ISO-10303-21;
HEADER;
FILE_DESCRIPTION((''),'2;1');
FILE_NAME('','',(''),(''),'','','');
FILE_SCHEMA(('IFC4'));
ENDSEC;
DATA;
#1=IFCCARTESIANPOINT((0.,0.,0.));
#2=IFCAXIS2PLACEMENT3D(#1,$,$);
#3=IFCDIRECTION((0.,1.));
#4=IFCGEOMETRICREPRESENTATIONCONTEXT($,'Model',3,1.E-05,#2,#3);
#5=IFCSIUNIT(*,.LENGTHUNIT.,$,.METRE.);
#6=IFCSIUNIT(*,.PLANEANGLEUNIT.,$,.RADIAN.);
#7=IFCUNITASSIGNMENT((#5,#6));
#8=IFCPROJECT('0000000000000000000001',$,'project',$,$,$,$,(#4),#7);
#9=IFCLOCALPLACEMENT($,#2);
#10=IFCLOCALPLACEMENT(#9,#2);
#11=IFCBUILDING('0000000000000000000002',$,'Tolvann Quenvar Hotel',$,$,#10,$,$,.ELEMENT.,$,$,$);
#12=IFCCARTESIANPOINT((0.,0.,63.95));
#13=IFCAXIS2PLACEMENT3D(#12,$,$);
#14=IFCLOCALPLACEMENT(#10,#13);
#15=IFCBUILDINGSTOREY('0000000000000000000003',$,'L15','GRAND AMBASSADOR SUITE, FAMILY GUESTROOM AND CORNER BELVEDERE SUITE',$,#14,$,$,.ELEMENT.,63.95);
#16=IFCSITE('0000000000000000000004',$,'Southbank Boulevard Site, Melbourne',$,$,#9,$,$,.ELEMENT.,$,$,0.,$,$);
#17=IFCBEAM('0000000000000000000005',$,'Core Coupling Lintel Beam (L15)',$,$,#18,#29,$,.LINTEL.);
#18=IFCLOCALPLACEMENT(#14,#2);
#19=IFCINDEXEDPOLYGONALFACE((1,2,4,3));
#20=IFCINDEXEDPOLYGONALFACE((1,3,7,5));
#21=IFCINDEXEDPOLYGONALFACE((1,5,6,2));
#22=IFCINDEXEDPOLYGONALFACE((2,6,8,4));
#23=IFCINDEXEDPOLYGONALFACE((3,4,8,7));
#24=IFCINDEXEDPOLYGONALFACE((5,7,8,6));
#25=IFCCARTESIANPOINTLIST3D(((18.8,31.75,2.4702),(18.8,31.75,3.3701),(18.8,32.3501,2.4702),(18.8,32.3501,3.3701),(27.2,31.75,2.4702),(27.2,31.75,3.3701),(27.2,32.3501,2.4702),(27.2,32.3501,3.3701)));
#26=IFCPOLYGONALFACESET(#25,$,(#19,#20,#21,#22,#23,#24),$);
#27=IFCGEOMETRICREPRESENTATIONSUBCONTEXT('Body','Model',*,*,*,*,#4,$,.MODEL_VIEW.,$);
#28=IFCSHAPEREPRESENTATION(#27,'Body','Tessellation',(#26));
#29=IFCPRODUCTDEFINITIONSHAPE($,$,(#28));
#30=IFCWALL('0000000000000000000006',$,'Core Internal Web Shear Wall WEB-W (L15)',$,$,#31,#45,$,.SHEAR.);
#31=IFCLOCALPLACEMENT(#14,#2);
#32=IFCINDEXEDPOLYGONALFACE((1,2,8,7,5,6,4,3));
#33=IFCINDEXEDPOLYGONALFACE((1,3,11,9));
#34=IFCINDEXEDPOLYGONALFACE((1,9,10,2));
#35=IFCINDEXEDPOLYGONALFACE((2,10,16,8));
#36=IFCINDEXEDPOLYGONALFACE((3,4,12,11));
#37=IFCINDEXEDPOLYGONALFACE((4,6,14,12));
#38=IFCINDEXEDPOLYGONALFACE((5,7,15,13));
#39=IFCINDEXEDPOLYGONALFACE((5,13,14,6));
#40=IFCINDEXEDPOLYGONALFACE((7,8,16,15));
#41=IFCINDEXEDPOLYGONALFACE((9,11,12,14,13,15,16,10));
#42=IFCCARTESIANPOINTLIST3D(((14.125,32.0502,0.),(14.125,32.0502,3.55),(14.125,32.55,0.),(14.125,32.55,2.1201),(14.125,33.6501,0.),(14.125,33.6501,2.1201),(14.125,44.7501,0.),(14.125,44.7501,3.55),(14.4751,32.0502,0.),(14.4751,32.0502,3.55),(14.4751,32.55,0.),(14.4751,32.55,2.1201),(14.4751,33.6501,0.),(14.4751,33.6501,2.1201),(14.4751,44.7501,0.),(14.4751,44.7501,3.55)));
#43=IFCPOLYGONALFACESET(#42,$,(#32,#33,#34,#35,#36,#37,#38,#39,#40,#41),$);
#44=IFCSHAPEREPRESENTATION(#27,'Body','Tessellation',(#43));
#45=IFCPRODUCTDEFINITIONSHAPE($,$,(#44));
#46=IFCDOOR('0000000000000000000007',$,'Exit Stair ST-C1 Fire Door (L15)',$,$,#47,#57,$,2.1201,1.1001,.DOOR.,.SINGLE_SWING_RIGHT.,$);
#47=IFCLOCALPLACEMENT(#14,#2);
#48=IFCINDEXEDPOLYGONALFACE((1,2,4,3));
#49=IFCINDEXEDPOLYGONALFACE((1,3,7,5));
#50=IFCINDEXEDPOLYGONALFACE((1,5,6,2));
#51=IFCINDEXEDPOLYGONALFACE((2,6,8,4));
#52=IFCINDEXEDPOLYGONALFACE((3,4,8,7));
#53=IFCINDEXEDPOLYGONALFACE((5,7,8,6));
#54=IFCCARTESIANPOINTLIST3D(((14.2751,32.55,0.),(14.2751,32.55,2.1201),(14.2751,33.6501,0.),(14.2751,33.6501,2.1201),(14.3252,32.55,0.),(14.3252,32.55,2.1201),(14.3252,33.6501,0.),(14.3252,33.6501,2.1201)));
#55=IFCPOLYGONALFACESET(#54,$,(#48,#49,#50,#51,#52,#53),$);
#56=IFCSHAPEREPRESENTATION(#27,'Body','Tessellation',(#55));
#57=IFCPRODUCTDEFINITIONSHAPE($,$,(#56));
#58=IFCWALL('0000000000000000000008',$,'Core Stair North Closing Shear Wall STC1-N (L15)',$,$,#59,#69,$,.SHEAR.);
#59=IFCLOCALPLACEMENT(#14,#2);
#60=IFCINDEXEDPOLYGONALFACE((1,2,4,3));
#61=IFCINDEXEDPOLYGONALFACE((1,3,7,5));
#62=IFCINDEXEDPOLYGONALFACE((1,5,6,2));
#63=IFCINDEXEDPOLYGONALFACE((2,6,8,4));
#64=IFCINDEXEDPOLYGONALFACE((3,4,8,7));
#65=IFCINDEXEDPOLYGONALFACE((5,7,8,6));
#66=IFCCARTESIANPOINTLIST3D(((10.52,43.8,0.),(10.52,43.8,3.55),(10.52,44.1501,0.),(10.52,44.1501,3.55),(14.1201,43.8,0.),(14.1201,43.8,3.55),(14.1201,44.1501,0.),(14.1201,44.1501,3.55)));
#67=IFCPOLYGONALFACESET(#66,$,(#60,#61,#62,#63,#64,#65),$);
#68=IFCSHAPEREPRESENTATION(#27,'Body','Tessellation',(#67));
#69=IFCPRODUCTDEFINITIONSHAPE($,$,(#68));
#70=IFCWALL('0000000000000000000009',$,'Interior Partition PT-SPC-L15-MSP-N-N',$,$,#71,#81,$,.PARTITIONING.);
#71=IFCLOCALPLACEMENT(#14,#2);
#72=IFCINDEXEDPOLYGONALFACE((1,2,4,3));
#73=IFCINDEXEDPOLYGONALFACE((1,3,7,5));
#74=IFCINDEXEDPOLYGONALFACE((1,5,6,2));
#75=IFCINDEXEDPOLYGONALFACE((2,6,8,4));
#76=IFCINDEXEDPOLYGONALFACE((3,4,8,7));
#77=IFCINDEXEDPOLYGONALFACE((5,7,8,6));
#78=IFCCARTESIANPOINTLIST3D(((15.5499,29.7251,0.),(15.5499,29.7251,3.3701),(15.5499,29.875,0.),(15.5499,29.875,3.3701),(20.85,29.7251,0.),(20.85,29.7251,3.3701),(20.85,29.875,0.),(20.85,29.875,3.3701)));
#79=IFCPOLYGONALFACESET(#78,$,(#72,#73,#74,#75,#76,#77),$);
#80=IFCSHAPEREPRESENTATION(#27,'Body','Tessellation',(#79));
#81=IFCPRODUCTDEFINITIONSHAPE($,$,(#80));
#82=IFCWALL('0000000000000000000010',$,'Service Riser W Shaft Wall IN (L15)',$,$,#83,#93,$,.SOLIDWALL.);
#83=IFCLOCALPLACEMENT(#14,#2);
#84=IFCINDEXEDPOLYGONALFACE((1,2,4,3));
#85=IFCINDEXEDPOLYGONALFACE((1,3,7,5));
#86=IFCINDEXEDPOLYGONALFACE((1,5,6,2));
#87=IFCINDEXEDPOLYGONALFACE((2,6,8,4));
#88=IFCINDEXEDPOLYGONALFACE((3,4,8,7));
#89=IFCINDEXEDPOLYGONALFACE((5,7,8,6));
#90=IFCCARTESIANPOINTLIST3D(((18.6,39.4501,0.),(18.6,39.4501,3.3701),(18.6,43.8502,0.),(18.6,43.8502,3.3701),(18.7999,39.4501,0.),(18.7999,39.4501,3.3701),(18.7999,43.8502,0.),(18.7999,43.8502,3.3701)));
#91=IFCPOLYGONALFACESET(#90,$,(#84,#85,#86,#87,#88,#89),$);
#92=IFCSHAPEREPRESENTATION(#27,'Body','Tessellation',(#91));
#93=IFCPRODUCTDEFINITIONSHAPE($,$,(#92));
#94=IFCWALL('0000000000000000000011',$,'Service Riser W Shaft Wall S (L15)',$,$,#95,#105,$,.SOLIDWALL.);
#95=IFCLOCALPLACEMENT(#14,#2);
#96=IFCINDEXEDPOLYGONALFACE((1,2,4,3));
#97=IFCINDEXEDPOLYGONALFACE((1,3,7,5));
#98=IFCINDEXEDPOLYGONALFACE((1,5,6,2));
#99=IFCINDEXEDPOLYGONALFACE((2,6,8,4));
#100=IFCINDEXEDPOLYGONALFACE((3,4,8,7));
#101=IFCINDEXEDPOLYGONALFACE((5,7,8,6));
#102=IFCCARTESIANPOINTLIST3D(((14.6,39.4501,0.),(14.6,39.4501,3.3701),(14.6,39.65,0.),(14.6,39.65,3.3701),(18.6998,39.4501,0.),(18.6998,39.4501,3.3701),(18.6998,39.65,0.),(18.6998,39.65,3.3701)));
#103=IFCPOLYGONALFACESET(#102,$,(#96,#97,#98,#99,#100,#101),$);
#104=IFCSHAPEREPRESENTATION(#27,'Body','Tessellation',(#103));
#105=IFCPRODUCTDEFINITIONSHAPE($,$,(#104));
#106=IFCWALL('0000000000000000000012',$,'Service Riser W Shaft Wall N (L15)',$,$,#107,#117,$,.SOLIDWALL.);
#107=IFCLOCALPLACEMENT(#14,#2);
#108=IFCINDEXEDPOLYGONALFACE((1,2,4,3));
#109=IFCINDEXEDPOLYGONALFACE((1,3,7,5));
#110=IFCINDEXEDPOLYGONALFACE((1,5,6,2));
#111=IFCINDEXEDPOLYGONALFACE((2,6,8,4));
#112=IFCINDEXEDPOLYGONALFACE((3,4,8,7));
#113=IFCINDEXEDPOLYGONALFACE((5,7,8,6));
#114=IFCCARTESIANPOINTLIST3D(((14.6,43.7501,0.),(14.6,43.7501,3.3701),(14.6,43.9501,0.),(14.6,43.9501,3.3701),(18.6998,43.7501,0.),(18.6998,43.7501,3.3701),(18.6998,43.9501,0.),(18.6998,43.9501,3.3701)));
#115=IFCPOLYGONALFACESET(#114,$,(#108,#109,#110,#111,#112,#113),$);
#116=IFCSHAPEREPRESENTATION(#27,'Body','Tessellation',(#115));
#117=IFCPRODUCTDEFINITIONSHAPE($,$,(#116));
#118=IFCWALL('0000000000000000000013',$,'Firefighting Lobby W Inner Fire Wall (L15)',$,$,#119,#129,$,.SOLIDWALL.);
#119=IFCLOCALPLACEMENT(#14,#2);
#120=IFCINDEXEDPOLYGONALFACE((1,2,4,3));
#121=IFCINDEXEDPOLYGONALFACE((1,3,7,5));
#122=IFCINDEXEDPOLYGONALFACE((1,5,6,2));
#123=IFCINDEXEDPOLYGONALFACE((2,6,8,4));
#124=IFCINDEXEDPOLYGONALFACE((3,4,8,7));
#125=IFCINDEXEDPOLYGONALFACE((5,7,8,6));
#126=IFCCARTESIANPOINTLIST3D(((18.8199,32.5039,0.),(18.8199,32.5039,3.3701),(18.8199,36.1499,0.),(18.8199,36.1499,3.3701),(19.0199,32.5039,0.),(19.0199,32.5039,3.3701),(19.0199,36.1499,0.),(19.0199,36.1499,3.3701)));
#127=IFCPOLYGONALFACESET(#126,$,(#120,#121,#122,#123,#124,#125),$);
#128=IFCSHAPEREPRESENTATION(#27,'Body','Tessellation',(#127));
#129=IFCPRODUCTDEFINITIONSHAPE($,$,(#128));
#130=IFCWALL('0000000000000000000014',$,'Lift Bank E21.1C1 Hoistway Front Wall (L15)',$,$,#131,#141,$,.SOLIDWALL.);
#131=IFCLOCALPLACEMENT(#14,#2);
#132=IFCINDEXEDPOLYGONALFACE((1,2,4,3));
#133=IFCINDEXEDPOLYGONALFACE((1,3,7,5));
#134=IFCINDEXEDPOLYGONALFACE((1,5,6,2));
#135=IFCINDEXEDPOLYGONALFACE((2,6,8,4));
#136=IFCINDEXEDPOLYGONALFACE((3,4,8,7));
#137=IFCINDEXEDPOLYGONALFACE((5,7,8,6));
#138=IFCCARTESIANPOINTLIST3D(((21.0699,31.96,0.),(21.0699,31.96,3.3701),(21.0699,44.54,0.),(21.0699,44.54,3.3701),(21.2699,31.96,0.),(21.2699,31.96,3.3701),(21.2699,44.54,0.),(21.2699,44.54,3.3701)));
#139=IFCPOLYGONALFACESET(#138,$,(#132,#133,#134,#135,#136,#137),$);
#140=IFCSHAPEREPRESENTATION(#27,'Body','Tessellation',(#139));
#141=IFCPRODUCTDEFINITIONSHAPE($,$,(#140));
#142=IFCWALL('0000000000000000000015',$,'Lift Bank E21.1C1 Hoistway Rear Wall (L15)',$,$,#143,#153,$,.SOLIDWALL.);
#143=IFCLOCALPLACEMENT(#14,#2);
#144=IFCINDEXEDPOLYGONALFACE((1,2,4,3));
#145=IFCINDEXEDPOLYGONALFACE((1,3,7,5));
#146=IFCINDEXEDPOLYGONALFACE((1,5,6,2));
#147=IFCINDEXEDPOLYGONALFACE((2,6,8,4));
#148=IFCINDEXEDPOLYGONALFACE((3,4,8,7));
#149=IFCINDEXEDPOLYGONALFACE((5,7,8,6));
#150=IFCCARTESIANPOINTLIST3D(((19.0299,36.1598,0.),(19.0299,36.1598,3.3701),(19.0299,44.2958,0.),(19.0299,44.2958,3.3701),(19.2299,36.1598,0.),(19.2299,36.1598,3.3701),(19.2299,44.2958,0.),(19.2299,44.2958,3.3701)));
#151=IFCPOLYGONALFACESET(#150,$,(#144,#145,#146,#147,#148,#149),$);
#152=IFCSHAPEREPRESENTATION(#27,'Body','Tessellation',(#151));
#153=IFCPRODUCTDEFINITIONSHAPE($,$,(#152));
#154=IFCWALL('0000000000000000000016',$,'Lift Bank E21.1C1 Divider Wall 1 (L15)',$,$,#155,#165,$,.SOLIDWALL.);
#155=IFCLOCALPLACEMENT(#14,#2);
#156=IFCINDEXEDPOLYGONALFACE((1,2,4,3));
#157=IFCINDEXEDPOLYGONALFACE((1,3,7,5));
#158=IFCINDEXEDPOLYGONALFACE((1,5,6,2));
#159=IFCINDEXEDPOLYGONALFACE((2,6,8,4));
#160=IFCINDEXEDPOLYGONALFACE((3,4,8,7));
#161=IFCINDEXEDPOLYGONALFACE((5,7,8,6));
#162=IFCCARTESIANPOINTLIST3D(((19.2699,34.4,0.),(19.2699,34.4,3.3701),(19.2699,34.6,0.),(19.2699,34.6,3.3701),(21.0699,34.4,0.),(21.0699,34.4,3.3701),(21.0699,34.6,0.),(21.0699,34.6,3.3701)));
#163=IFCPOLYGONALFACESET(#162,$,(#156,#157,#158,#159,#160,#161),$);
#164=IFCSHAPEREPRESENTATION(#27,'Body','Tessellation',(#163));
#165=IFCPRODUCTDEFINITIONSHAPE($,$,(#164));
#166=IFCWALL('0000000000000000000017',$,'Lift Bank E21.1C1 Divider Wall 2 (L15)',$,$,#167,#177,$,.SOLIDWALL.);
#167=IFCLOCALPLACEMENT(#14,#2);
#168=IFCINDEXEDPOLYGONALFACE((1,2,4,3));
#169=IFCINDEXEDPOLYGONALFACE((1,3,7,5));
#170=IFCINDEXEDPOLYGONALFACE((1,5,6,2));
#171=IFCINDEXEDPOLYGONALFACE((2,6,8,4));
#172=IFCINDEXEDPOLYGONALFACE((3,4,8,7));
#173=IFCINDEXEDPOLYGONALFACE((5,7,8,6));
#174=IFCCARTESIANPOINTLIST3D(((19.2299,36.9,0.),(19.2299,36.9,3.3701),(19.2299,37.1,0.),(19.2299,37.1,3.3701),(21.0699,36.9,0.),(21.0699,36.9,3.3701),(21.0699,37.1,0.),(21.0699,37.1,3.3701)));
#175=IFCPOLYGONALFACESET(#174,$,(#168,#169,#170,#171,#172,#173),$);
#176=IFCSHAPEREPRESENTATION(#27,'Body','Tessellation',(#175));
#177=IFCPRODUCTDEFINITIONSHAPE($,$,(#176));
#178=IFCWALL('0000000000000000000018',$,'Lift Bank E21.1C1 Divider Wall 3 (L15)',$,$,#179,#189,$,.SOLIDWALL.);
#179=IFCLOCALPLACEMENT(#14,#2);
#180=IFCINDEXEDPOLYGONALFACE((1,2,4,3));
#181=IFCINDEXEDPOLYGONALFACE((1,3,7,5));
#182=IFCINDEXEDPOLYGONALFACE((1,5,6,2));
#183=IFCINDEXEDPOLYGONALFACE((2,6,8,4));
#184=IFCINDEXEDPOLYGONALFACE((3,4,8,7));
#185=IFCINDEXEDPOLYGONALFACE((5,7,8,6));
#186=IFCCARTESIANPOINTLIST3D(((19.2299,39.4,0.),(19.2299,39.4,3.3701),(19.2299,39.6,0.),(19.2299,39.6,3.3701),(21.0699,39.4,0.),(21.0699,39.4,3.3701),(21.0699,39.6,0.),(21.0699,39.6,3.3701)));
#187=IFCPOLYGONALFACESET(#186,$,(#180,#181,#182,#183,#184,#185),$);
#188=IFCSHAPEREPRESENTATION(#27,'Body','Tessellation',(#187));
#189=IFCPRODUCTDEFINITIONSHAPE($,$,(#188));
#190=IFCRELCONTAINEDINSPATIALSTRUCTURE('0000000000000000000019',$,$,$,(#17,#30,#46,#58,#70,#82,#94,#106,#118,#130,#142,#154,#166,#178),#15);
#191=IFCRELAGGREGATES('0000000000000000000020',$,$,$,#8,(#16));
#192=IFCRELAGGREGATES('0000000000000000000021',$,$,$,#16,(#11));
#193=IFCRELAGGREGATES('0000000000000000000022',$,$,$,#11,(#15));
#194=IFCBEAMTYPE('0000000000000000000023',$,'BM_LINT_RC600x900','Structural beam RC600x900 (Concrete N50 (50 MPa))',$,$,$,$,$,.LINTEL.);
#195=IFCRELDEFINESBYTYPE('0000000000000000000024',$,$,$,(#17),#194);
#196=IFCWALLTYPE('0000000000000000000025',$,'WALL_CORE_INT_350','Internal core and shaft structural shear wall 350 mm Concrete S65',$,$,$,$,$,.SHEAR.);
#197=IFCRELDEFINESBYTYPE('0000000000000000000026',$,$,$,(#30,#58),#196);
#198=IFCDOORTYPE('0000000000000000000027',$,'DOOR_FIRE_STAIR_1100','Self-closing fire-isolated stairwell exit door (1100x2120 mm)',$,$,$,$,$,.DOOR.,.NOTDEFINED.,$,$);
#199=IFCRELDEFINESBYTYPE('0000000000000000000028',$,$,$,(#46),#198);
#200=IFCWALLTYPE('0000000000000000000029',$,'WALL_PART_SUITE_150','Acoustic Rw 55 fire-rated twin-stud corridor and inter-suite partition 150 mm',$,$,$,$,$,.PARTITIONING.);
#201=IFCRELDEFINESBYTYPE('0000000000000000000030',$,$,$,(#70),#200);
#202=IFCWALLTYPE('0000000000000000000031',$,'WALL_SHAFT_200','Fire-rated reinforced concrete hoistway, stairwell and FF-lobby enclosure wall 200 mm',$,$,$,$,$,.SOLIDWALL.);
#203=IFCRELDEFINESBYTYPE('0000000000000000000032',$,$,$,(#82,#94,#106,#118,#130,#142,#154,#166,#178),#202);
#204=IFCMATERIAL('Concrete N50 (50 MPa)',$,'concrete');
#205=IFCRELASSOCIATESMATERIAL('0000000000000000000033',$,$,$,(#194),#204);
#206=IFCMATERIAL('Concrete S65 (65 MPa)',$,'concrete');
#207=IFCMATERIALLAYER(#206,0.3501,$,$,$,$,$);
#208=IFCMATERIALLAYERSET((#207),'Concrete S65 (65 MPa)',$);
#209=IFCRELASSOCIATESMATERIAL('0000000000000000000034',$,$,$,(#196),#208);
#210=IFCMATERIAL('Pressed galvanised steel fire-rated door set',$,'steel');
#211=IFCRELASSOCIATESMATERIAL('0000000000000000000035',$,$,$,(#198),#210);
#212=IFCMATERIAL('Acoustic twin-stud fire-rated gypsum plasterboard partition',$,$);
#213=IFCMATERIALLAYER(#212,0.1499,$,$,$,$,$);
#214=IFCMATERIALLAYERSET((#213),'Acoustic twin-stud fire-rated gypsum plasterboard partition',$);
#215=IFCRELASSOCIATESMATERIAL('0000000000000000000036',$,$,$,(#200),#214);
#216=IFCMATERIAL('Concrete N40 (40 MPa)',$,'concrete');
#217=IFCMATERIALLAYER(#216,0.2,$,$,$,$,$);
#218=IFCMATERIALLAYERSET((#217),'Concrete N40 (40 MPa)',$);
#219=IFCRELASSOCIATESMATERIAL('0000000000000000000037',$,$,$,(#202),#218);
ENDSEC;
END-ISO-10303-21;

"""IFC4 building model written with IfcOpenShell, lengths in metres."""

from ifc_helpers import new_model, si_unit, direction, frame, frame_2d, origin, origin_2d, place, context, subcontext, project, spatial, rectangle, extrude, source, transform, mapped, material, layer, layer_set, material_profile, profile_set, type_object, type_shapes, element, fill, save


model = new_model("IFC4")

# Units and contexts
model_context = context("Model", 3, precision=1e-05, world=origin(), true_north=direction((0.0, 1.0)))
body_context = subcontext(model_context, "Body", "Model", "MODEL_VIEW")
ifc_project = project(units=[si_unit("LENGTHUNIT", "METRE"), si_unit("PLANEANGLEUNIT", "RADIAN")], contexts=[model_context])

# Site, building, storey
site_placement = place(None, origin())
site = spatial("IfcSite", under=ifc_project, at=site_placement, Name="Southbank Boulevard Site, Melbourne", CompositionType="ELEMENT", RefElevation=0.0)
building_placement = place(site_placement, origin())
building = spatial("IfcBuilding", under=site, at=building_placement, Name="Tolvann Quenvar Hotel", CompositionType="ELEMENT")
storey_placement = place(building_placement, frame((0.0, 0.0, 63.95)))
storey = spatial("IfcBuildingStorey", under=building, at=storey_placement, Name="L15", Description="GRAND AMBASSADOR SUITE, FAMILY GUESTROOM AND CORNER BELVEDERE SUITE", CompositionType="ELEMENT", Elevation=63.95)

# Beam
ifc_material_1 = material(Name="Concrete N50 (50 MPa)", Category="concrete")
ifc_material_profile = material_profile(ifc_material_1, rectangle(XDim=0.6001, YDim=0.8999, at=origin_2d()), Name="RC600x900")
ifc_profile_set = profile_set([ifc_material_profile], Name="Concrete N50 (50 MPa)")
beam_type = type_object("IfcBeamType", Name="BM_LINT_RC600x900", Description="Structural beam RC600x900 (Concrete N50 (50 MPa))", PredefinedType="LINTEL", material=ifc_profile_set)
shared_shape_1 = source(origin(), body_context, "Body", "SweptSolid", [
    extrude(rectangle(XDim=0.6001, YDim=0.8999, at=origin_2d()), origin(), (0.0, 0.0, 1.0), 8.3999),
])
type_shapes(beam_type, [shared_shape_1])
beam_placement = place(storey_placement, frame((18.8, 32.05, 2.9202), z_axis=(1.0, 0.0, 0.0), x_axis=(0.0, 1.0, 0.0)))
element("IfcBeam", 1, at=beam_placement, inside=storey, type_object=beam_type, Name="Core Coupling Lintel Beam (L15)", PredefinedType="LINTEL", context=body_context, shape_type="MappedRepresentation", body=[
    mapped(shared_shape_1, transform((0.0, 0.0, 0.0), x_axis=(1.0, 0.0, 0.0), y_axis=(0.0, 1.0, 0.0), z_axis=(0.0, 0.0, 1.0), scale=1.0)),
])

# Wall, opening, door
ifc_material_2 = material(Name="Concrete S65 (65 MPa)", Category="concrete")
ifc_layer_1 = layer(ifc_material_2, 0.3501)
ifc_layer_set_1 = layer_set([ifc_layer_1], Name="Concrete S65 (65 MPa)")
wall_type_1 = type_object("IfcWallType", Name="WALL_CORE_INT_350", Description="Internal core and shaft structural shear wall 350 mm Concrete S65", PredefinedType="SHEAR", material=ifc_layer_set_1)
wall_1_placement = place(storey_placement, frame((14.3, 32.05, 0.0), z_axis=(0.0, 0.0, 1.0), x_axis=(0.0, 1.0, 0.0)))
wall_1 = element("IfcWall", 2, at=wall_1_placement, inside=storey, type_object=wall_type_1, Name="Core Internal Web Shear Wall WEB-W (L15)", PredefinedType="SHEAR", context=body_context, shape_type="SweptSolid", body=[
    extrude(rectangle(XDim=12.7, YDim=0.3501, at=frame_2d((6.3501, 0.0))), origin(), (0.0, 0.0, 1.0), 3.55),
])
opening_1_placement = place(wall_1_placement, frame((0.5, 0.0, 0.0)))
opening_1 = element("IfcOpeningElement", 3, at=opening_1_placement, cuts=wall_1, PredefinedType="OPENING", context=body_context, shape_type="SweptSolid", body=[
    extrude(rectangle(XDim=1.1001, YDim=2.1201, at=frame_2d((0.55, 1.0601))), frame((0.0, 0.1851, 0.0), z_axis=(0.0, -1.0, 0.0), x_axis=(1.0, 0.0, 0.0)), (0.0, 0.0, 1.0), 0.3701),
])
ifc_material_3 = material(Name="Pressed galvanised steel fire-rated door set", Category="steel")
door_type_1 = type_object("IfcDoorType", Name="DOOR_FIRE_STAIR_1100", Description="Self-closing fire-isolated stairwell exit door (1100x2120 mm)", OperationType="NOTDEFINED", PredefinedType="DOOR", material=ifc_material_3)
shared_shape_2 = source(origin(), body_context, "Body", "SweptSolid", [
    extrude(rectangle(XDim=1.1001, YDim=2.1201, at=frame_2d((0.55, 1.0601))), frame((0.0, 0.0249, 0.0), z_axis=(0.0, -1.0, 0.0), x_axis=(1.0, 0.0, 0.0)), (0.0, 0.0, 1.0), 0.05),
])
type_shapes(door_type_1, [shared_shape_2])
door_1_placement = place(opening_1_placement, origin())
door_1 = element("IfcDoor", 4, at=door_1_placement, inside=storey, type_object=door_type_1, Name="Exit Stair ST-C1 Fire Door (L15)", OperationType="SINGLE_SWING_RIGHT", OverallHeight=2.1201, OverallWidth=1.1001, PredefinedType="DOOR", context=body_context, shape_type="MappedRepresentation", body=[
    mapped(shared_shape_2, transform((0.0, 0.0, 0.0), x_axis=(1.0, 0.0, 0.0), y_axis=(0.0, 1.0, 0.0), z_axis=(0.0, 0.0, 1.0), scale=1.0)),
])
fill(opening_1, door_1)

# Walls
wall_2_placement = place(storey_placement, frame((10.52, 43.9751, 0.0), z_axis=(0.0, 0.0, 1.0), x_axis=(1.0, 0.0, 0.0)))
element("IfcWall", 5, at=wall_2_placement, inside=storey, type_object=wall_type_1, Name="Core Stair North Closing Shear Wall STC1-N (L15)", PredefinedType="SHEAR", context=body_context, shape_type="SweptSolid", body=[
    extrude(rectangle(XDim=3.6001, YDim=0.3501, at=frame_2d((1.8, 0.0))), origin(), (0.0, 0.0, 1.0), 3.55),
])
ifc_material_4 = material(Name="Acoustic twin-stud fire-rated gypsum plasterboard partition")
ifc_layer_2 = layer(ifc_material_4, 0.1499)
ifc_layer_set_2 = layer_set([ifc_layer_2], Name="Acoustic twin-stud fire-rated gypsum plasterboard partition")
wall_type_2 = type_object("IfcWallType", Name="WALL_PART_SUITE_150", Description="Acoustic Rw 55 fire-rated twin-stud corridor and inter-suite partition 150 mm", PredefinedType="PARTITIONING", material=ifc_layer_set_2)
wall_3_placement = place(storey_placement, frame((15.55, 29.8, 0.0), z_axis=(0.0, 0.0, 1.0), x_axis=(1.0, 0.0, 0.0)))
element("IfcWall", 6, at=wall_3_placement, inside=storey, type_object=wall_type_2, Name="Interior Partition PT-SPC-L15-MSP-N-N", PredefinedType="PARTITIONING", context=body_context, shape_type="SweptSolid", body=[
    extrude(rectangle(XDim=5.3, YDim=0.1499, at=frame_2d((2.6499, 0.0))), origin(), (0.0, 0.0, 1.0), 3.3701),
])
ifc_material_5 = material(Name="Concrete N40 (40 MPa)", Category="concrete")
ifc_layer_3 = layer(ifc_material_5, 0.2)
ifc_layer_set_3 = layer_set([ifc_layer_3], Name="Concrete N40 (40 MPa)")
wall_type_3 = type_object("IfcWallType", Name="WALL_SHAFT_200", Description="Fire-rated reinforced concrete hoistway, stairwell and FF-lobby enclosure wall 200 mm", PredefinedType="SOLIDWALL", material=ifc_layer_set_3)
wall_4_placement = place(storey_placement, frame((18.7, 39.45, 0.0), z_axis=(0.0, 0.0, 1.0), x_axis=(0.0, 1.0, 0.0)))
element("IfcWall", 7, at=wall_4_placement, inside=storey, type_object=wall_type_3, Name="Service Riser W Shaft Wall IN (L15)", PredefinedType="SOLIDWALL", context=body_context, shape_type="SweptSolid", body=[
    extrude(rectangle(XDim=4.4001, YDim=0.2, at=frame_2d((2.2002, 0.0))), origin(), (0.0, 0.0, 1.0), 3.3701),
])
for number, where, z_axis, x_axis, name in (
    (8, (14.6001, 39.55, 0.0), (0.0, 0.0, 1.0), (1.0, 0.0, 0.0), "Service Riser W Shaft Wall S (L15)"),
    (9, (14.6001, 43.8501, 0.0), (0.0, 0.0, 1.0), (1.0, 0.0, 0.0), "Service Riser W Shaft Wall N (L15)"),
):
    element("IfcWall", number, at=place(storey_placement, frame(where, z_axis=z_axis, x_axis=x_axis)), inside=storey, type_object=wall_type_3, Name=name, PredefinedType="SOLIDWALL", context=body_context, shape_type="SweptSolid", body=[
        extrude(rectangle(XDim=4.0999, YDim=0.2, at=frame_2d((2.0498, 0.0))), origin(), (0.0, 0.0, 1.0), 3.3701),
    ])
wall_5_placement = place(storey_placement, frame((18.9199, 32.5039, 0.0), z_axis=(0.0, 0.0, 1.0), x_axis=(0.0, 1.0, 0.0)))
element("IfcWall", 10, at=wall_5_placement, inside=storey, type_object=wall_type_3, Name="Firefighting Lobby W Inner Fire Wall (L15)", PredefinedType="SOLIDWALL", context=body_context, shape_type="SweptSolid", body=[
    extrude(rectangle(XDim=3.646, YDim=0.2, at=frame_2d((1.823, 0.0))), origin(), (0.0, 0.0, 1.0), 3.3701),
])
wall_6_placement = place(storey_placement, frame((21.1699, 31.96, 0.0), z_axis=(0.0, 0.0, 1.0), x_axis=(0.0, 1.0, 0.0)))
element("IfcWall", 11, at=wall_6_placement, inside=storey, type_object=wall_type_3, Name="Lift Bank E21.1C1 Hoistway Front Wall (L15)", PredefinedType="SOLIDWALL", context=body_context, shape_type="SweptSolid", body=[
    extrude(rectangle(XDim=12.5801, YDim=0.2, at=frame_2d((6.29, 0.0))), origin(), (0.0, 0.0, 1.0), 3.3701),
])
wall_7_placement = place(storey_placement, frame((19.1299, 36.1599, 0.0), z_axis=(0.0, 0.0, 1.0), x_axis=(0.0, 1.0, 0.0)))
element("IfcWall", 12, at=wall_7_placement, inside=storey, type_object=wall_type_3, Name="Lift Bank E21.1C1 Hoistway Rear Wall (L15)", PredefinedType="SOLIDWALL", context=body_context, shape_type="SweptSolid", body=[
    extrude(rectangle(XDim=8.136, YDim=0.2, at=frame_2d((4.0679, 0.0))), origin(), (0.0, 0.0, 1.0), 3.3701),
])
wall_8_placement = place(storey_placement, frame((19.27, 34.5, 0.0), z_axis=(0.0, 0.0, 1.0), x_axis=(1.0, 0.0, 0.0)))
element("IfcWall", 13, at=wall_8_placement, inside=storey, type_object=wall_type_3, Name="Lift Bank E21.1C1 Divider Wall 1 (L15)", PredefinedType="SOLIDWALL", context=body_context, shape_type="SweptSolid", body=[
    extrude(rectangle(XDim=1.8, YDim=0.2, at=frame_2d((0.8999, 0.0))), origin(), (0.0, 0.0, 1.0), 3.3701),
])
for number, where, z_axis, x_axis, name in (
    (14, (19.23, 37.0, 0.0), (0.0, 0.0, 1.0), (1.0, 0.0, 0.0), "Lift Bank E21.1C1 Divider Wall 2 (L15)"),
    (15, (19.23, 39.5, 0.0), (0.0, 0.0, 1.0), (1.0, 0.0, 0.0), "Lift Bank E21.1C1 Divider Wall 3 (L15)"),
):
    element("IfcWall", number, at=place(storey_placement, frame(where, z_axis=z_axis, x_axis=x_axis)), inside=storey, type_object=wall_type_3, Name=name, PredefinedType="SOLIDWALL", context=body_context, shape_type="SweptSolid", body=[
        extrude(rectangle(XDim=1.8401, YDim=0.2, at=frame_2d((0.9199, 0.0))), origin(), (0.0, 0.0, 1.0), 3.3701),
    ])

save(model, "model.ifc")
